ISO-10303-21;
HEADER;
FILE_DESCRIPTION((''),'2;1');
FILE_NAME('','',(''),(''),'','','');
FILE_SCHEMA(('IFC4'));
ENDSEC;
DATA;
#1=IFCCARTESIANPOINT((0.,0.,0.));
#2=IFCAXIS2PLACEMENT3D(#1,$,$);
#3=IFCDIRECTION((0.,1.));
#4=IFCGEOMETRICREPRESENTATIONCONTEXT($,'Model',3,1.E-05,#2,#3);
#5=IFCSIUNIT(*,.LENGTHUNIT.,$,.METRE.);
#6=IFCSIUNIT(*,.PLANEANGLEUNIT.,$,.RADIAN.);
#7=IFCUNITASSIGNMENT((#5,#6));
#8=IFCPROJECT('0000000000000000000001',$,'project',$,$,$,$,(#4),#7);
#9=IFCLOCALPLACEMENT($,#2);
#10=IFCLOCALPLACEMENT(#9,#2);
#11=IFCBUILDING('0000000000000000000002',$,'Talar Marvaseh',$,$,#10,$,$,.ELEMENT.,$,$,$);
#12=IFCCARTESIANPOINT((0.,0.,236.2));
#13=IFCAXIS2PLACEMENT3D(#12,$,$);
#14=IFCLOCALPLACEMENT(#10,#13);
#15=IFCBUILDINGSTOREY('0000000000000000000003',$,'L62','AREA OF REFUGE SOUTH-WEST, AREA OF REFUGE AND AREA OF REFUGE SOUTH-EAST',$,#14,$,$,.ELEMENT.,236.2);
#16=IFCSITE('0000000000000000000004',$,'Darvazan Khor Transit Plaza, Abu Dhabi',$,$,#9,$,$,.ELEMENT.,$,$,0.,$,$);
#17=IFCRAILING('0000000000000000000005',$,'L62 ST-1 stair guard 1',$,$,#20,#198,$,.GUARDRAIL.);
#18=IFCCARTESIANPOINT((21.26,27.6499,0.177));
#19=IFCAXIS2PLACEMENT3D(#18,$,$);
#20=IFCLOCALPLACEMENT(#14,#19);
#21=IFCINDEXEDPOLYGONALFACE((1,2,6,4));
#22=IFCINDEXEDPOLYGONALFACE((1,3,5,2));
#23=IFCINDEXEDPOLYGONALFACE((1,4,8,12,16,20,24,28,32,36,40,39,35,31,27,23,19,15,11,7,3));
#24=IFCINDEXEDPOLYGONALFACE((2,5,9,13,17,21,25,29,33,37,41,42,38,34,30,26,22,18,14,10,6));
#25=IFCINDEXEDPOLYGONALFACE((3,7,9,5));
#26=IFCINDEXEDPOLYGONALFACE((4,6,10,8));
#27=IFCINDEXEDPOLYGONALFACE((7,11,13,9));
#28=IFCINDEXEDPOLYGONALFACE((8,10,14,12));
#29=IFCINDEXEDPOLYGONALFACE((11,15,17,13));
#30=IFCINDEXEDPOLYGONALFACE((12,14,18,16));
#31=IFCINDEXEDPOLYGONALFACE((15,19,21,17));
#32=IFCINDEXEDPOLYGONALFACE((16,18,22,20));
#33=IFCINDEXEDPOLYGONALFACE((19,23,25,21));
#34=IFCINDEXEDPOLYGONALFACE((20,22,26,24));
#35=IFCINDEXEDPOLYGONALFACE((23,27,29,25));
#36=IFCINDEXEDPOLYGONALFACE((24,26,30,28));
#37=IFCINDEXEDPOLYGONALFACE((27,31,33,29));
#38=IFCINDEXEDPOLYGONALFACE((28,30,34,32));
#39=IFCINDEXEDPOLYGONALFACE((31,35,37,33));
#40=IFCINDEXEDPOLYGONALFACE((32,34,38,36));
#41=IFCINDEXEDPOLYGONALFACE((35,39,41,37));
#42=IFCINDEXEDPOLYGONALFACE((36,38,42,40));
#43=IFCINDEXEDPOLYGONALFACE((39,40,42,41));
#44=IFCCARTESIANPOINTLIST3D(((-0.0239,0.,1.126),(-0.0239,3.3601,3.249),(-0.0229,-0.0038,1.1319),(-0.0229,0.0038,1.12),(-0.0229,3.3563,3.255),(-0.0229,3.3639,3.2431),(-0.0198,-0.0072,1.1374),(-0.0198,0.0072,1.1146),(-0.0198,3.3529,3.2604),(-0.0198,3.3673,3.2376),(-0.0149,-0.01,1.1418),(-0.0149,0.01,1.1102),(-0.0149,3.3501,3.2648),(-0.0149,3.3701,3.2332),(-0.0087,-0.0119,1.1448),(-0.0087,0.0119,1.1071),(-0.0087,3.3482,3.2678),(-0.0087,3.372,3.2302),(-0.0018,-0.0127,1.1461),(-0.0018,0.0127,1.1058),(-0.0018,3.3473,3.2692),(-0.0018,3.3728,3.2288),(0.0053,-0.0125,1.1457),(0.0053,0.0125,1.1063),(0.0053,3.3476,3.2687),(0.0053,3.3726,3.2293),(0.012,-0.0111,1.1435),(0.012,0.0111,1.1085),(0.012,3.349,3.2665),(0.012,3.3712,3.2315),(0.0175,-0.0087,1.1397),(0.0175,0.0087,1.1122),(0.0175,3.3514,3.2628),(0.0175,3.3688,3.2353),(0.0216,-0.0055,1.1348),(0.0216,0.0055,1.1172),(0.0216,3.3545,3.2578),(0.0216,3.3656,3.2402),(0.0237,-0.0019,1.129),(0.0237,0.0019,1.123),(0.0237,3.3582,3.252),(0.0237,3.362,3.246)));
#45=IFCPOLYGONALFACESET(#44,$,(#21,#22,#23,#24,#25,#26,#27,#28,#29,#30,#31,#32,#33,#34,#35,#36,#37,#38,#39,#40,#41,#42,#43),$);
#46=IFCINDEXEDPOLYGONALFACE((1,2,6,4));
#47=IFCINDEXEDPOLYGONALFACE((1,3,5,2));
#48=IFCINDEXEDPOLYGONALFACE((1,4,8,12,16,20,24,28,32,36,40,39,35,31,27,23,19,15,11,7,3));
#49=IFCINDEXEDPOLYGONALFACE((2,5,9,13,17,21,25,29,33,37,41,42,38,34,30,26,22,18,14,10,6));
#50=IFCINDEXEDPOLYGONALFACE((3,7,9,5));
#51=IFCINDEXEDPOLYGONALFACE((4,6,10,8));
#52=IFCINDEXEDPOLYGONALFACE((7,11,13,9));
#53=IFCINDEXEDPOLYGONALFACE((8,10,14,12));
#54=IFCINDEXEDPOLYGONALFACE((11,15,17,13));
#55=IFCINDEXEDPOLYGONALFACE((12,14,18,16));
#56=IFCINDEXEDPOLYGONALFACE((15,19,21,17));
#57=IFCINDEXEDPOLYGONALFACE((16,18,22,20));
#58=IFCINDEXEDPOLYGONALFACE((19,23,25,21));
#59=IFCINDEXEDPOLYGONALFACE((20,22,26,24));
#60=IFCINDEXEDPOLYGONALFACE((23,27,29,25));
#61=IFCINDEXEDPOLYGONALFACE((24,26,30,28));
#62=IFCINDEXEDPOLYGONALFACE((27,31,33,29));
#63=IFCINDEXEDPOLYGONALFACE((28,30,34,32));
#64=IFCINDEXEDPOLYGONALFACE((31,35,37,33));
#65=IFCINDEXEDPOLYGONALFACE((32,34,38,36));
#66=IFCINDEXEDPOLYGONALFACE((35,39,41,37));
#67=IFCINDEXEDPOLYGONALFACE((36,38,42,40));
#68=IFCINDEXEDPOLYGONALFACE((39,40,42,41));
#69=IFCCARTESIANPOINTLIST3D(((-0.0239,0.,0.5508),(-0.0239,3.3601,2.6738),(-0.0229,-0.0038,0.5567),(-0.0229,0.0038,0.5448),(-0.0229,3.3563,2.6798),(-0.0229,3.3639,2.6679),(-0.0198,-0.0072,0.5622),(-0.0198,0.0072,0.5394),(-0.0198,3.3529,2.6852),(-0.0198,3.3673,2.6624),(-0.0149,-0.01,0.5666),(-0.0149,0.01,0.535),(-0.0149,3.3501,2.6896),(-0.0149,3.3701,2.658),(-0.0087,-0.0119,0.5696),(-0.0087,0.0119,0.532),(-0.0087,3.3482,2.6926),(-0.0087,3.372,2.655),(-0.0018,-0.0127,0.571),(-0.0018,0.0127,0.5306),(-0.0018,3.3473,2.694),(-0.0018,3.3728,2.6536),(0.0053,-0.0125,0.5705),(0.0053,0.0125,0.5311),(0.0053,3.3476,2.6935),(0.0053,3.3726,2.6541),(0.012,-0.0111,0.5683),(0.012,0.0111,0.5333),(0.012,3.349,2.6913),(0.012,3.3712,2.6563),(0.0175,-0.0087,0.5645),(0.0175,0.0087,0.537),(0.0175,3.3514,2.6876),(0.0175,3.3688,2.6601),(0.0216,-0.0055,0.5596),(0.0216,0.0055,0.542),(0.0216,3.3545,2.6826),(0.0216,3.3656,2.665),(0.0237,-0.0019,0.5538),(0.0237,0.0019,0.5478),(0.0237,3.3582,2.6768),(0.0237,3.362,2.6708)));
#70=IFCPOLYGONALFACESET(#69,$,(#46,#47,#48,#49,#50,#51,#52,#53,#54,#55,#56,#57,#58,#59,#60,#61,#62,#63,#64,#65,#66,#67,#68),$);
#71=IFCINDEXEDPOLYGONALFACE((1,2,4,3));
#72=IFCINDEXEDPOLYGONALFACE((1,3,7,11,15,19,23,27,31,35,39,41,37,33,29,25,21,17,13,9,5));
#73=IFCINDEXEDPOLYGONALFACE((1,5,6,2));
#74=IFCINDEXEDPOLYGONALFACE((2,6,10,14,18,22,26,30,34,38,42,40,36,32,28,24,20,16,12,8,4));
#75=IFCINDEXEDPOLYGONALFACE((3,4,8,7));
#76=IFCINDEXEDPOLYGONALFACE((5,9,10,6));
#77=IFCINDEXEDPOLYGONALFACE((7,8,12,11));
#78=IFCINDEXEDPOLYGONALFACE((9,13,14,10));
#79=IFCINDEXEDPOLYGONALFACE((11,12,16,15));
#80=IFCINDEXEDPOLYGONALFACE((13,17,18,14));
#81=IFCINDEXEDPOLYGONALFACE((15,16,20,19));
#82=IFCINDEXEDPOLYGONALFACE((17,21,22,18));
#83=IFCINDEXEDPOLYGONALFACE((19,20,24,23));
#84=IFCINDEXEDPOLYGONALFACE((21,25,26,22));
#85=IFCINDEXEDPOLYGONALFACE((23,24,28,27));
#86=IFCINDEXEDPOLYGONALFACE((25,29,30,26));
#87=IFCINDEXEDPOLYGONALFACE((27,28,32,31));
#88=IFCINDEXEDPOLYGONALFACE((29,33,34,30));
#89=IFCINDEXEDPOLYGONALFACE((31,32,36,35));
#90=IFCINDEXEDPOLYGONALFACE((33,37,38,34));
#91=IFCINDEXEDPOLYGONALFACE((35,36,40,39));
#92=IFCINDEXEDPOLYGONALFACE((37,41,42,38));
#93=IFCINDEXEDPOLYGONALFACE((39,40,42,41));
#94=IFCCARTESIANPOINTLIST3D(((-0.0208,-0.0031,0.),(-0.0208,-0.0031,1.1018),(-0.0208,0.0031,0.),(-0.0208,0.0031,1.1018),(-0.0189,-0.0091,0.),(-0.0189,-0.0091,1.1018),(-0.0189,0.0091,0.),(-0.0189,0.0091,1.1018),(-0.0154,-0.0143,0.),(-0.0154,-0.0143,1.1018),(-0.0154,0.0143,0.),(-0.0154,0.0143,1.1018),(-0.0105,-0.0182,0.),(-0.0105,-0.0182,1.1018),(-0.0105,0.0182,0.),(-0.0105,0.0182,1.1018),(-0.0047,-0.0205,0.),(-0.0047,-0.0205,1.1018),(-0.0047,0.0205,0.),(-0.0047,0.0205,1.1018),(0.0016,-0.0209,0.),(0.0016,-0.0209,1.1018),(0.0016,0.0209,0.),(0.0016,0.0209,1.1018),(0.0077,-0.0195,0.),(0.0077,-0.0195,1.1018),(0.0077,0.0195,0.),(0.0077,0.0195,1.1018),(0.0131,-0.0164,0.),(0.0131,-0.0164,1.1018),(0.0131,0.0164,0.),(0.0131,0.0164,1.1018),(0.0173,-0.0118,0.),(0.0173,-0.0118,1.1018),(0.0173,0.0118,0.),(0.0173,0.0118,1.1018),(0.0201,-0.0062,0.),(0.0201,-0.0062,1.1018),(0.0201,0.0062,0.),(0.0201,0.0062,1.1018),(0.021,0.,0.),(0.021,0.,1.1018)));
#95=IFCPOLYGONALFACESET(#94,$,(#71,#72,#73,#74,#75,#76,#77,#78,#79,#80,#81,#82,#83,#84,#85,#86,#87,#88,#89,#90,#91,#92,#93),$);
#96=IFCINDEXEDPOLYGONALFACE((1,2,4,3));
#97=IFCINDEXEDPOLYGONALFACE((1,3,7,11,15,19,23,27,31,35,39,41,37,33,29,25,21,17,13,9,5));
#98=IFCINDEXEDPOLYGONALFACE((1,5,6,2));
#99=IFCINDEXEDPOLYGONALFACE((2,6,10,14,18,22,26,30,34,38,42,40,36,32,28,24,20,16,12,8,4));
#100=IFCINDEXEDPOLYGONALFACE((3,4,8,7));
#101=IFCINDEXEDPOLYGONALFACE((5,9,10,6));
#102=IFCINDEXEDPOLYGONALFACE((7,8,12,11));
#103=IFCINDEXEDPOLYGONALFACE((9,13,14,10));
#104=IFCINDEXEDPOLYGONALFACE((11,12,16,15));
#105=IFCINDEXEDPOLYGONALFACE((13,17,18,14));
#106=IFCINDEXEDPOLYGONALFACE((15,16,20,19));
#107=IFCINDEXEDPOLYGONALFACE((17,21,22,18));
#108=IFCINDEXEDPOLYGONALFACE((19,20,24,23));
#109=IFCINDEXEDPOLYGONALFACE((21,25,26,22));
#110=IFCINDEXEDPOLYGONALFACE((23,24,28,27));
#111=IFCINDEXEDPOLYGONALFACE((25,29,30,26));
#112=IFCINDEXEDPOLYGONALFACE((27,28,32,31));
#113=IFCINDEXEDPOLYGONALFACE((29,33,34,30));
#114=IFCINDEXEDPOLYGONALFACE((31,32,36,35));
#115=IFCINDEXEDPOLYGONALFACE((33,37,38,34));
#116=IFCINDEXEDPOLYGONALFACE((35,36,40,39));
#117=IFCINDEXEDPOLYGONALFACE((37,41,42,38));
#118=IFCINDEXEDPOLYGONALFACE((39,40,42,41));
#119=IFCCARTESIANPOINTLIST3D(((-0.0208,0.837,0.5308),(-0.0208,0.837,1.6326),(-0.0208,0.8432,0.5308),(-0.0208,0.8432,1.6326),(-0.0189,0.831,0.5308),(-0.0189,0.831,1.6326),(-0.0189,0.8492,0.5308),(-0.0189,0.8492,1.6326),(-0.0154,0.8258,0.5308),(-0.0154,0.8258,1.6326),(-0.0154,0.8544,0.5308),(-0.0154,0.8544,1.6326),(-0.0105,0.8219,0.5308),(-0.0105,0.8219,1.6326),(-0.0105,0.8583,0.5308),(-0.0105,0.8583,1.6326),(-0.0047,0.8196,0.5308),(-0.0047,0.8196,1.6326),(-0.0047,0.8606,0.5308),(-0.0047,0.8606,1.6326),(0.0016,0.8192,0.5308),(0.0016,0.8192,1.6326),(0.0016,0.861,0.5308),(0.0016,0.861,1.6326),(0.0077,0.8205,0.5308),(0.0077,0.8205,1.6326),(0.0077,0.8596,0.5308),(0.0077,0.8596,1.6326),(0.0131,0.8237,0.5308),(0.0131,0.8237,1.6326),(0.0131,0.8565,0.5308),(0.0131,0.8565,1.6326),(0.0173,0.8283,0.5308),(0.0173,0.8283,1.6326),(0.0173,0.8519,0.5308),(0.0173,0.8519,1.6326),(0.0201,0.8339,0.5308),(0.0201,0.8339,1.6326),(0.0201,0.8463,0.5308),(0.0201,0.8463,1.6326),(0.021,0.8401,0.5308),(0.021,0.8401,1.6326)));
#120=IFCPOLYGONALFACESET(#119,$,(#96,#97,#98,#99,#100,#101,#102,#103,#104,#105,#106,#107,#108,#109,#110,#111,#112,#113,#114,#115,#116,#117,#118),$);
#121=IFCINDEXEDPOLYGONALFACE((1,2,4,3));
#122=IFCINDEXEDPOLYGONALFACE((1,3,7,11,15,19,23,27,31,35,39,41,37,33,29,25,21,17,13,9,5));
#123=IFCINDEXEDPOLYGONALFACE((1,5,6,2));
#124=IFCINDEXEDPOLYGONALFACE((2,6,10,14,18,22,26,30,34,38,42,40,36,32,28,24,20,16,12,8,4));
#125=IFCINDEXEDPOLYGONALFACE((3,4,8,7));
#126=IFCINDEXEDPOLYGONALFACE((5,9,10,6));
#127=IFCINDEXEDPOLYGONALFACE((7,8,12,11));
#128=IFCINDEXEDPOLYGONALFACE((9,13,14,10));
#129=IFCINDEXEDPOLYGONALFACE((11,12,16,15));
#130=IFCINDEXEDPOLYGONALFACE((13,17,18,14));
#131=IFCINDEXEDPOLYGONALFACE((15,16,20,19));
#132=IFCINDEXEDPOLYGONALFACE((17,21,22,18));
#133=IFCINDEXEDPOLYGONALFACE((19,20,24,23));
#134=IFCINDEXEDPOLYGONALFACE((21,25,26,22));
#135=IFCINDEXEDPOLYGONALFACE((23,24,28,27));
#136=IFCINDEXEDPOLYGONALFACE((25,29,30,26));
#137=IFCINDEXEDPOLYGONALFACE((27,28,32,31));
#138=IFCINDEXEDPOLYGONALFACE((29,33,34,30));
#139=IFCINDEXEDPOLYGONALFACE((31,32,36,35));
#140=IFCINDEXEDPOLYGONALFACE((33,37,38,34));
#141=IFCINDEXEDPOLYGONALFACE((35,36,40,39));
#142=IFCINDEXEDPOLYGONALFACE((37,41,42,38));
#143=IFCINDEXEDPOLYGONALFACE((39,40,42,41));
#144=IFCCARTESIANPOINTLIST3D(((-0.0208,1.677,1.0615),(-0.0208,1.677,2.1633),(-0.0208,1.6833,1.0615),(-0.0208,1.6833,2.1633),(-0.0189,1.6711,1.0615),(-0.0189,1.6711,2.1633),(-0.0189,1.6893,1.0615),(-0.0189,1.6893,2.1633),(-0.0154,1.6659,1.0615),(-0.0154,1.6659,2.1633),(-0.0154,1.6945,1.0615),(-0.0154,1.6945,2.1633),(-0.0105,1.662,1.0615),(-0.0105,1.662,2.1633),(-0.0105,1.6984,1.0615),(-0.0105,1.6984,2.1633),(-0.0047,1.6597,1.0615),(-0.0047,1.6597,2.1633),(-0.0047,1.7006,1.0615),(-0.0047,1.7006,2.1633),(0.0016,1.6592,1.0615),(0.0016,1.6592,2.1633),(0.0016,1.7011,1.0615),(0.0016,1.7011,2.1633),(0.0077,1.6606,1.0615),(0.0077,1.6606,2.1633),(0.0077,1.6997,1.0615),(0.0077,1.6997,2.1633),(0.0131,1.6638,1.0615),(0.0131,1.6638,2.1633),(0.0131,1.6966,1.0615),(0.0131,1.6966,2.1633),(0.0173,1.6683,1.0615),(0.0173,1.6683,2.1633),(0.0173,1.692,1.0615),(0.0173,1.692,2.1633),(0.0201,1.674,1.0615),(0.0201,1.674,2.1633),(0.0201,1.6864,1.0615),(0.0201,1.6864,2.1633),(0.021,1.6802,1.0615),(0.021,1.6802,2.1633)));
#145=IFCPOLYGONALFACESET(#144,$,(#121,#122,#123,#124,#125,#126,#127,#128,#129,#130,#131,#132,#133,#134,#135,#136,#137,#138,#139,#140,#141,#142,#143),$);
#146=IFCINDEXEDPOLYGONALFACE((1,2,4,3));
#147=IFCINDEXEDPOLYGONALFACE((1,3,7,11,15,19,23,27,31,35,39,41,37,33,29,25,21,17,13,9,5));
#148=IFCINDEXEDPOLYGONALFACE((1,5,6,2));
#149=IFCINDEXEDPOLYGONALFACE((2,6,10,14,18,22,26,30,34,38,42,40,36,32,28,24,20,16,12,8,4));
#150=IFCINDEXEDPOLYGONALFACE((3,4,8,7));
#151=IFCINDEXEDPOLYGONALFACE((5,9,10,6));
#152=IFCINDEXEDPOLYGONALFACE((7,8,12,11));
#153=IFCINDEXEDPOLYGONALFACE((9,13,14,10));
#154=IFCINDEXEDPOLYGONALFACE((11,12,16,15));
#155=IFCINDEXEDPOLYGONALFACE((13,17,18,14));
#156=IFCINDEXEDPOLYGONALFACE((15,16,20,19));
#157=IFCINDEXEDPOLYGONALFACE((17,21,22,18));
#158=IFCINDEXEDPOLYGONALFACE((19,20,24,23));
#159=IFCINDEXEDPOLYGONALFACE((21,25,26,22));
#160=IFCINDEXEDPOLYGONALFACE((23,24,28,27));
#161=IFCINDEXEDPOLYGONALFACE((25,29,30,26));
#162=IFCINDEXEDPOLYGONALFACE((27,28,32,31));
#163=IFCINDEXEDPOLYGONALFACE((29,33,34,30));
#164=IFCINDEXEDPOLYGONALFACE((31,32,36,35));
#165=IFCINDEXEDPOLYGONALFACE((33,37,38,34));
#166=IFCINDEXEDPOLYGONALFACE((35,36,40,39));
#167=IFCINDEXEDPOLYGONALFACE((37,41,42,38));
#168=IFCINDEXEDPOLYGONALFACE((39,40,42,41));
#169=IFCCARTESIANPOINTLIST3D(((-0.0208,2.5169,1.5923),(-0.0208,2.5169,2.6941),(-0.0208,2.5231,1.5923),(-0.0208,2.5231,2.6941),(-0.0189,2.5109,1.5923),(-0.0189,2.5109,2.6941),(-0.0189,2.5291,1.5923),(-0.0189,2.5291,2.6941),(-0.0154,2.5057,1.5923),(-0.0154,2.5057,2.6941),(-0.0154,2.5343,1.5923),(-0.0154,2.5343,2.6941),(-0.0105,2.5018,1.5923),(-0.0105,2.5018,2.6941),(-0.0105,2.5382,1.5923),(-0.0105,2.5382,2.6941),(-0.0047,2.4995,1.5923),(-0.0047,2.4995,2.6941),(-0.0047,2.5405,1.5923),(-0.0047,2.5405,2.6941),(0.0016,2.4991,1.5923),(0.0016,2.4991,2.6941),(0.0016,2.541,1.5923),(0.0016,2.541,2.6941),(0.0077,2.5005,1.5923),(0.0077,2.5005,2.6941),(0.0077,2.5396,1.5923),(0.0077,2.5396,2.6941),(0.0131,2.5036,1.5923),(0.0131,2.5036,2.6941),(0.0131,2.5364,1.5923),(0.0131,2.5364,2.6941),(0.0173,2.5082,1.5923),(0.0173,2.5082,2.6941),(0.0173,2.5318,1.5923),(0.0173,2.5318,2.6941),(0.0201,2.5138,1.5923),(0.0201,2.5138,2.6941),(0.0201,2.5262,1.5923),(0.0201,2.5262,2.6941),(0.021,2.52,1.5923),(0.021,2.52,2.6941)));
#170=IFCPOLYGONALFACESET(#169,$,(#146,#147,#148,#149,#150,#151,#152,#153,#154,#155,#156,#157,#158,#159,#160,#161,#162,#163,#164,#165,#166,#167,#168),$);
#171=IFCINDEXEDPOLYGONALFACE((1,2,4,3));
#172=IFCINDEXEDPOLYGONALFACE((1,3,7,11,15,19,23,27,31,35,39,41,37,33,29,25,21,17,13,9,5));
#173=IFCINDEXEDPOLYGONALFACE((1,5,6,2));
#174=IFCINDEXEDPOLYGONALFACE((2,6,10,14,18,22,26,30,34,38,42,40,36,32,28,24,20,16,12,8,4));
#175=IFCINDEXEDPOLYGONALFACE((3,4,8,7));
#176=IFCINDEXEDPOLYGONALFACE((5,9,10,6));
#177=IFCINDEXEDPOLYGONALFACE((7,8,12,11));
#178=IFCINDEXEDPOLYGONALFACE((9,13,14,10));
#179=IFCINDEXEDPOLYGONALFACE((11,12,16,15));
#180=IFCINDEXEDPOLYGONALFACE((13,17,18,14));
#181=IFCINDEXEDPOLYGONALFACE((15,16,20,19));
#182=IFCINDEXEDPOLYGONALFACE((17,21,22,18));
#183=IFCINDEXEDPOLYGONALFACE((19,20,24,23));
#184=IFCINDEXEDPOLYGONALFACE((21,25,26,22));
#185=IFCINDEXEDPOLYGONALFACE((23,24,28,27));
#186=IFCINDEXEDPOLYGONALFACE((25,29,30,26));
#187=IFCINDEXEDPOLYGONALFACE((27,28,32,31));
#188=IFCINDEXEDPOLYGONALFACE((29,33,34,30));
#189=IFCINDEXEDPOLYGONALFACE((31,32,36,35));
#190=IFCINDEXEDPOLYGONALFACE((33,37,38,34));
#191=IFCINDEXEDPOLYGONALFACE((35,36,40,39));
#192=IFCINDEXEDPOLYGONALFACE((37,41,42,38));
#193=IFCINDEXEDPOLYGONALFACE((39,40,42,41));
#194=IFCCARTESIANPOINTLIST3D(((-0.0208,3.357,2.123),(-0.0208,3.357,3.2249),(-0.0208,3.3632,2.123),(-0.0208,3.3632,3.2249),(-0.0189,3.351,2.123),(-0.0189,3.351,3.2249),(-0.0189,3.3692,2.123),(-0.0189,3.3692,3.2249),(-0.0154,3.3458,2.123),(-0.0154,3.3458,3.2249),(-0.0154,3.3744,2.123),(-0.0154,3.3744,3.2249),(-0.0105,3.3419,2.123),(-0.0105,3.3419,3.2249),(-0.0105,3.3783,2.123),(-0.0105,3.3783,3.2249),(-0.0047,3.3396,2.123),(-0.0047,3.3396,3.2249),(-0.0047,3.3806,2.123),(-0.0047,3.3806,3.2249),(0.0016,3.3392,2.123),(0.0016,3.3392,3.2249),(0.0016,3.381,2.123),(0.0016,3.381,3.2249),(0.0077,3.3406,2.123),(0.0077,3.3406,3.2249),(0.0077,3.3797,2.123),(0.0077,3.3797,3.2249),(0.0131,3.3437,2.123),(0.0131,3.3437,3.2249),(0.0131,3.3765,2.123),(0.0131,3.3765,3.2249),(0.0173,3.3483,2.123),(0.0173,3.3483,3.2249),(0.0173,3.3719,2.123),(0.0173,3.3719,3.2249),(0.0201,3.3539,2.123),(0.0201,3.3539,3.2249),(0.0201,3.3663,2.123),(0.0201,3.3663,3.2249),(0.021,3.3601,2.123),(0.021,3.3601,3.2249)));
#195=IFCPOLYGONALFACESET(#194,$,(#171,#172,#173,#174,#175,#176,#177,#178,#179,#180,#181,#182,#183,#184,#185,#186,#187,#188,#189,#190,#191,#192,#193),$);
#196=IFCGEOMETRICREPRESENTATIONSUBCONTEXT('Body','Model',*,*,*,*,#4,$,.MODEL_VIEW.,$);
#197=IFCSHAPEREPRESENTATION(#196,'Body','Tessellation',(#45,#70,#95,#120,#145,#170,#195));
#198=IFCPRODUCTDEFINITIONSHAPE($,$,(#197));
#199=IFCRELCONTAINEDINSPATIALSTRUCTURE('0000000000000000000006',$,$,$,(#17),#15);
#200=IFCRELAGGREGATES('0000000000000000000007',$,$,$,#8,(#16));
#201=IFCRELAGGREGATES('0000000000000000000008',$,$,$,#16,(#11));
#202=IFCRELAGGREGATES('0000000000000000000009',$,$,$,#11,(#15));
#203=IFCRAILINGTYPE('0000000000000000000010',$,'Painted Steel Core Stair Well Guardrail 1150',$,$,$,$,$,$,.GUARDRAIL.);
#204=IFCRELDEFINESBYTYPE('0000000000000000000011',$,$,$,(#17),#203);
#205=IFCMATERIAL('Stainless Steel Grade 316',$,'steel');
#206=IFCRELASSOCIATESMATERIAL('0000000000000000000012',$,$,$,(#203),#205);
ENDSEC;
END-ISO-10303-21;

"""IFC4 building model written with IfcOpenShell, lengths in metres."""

from ifc_helpers import new_model, si_unit, direction, frame, origin, origin_2d, place, context, subcontext, project, spatial, circle, extrude, material, type_object, element, save


model = new_model("IFC4")

# Units and contexts
model_context = context("Model", 3, precision=1e-05, world=origin(), true_north=direction((0.0, 1.0)))
body_context = subcontext(model_context, "Body", "Model", "MODEL_VIEW")
ifc_project = project(units=[si_unit("LENGTHUNIT", "METRE"), si_unit("PLANEANGLEUNIT", "RADIAN")], contexts=[model_context])

# Site, building, storey
site_placement = place(None, origin())
site = spatial("IfcSite", under=ifc_project, at=site_placement, Name="Darvazan Khor Transit Plaza, Abu Dhabi", CompositionType="ELEMENT", RefElevation=0.0)
building_placement = place(site_placement, origin())
building = spatial("IfcBuilding", under=site, at=building_placement, Name="Talar Marvaseh", CompositionType="ELEMENT")
storey_placement = place(building_placement, frame((0.0, 0.0, 236.2)))
storey = spatial("IfcBuildingStorey", under=building, at=storey_placement, Name="L62", Description="AREA OF REFUGE SOUTH-WEST, AREA OF REFUGE AND AREA OF REFUGE SOUTH-EAST", CompositionType="ELEMENT", Elevation=236.2)

# Railing
ifc_material_1 = material(Name="Stainless Steel Grade 316", Category="steel")
railing_type = type_object("IfcRailingType", Name="Painted Steel Core Stair Well Guardrail 1150", PredefinedType="GUARDRAIL", material=ifc_material_1)
railing_1_placement = place(storey_placement, frame((21.26, 27.6499, 0.177)))
element("IfcRailing", 1, at=railing_1_placement, inside=storey, type_object=railing_type, Name="L62 ST-1 stair guard 1", PredefinedType="GUARDRAIL", context=body_context, shape_type="SweptSolid", body=[
    extrude(circle(Radius=0.0239, at=origin_2d()), frame((0.0, 0.0, 1.126), z_axis=(0.0, 0.84539, 0.53415), x_axis=(-1.0, 0.0, 0.0)), (0.0, 0.0, 1.0), 3.9746),
    extrude(circle(Radius=0.0239, at=origin_2d()), frame((0.0, 0.0, 0.5508), z_axis=(0.0, 0.84539, 0.53415), x_axis=(-1.0, 0.0, 0.0)), (0.0, 0.0, 1.0), 3.9746),
    extrude(circle(Radius=0.021, at=origin_2d()), origin(), (0.0, 0.0, 1.0), 1.1018),
    extrude(circle(Radius=0.021, at=origin_2d()), frame((0.0, 0.8401, 0.5308)), (0.0, 0.0, 1.0), 1.1018),
    extrude(circle(Radius=0.021, at=origin_2d()), frame((0.0, 1.6802, 1.0615)), (0.0, 0.0, 1.0), 1.1018),
    extrude(circle(Radius=0.021, at=origin_2d()), frame((0.0, 2.52, 1.5923)), (0.0, 0.0, 1.0), 1.1018),
    extrude(circle(Radius=0.021, at=origin_2d()), frame((0.0, 3.3601, 2.123)), (0.0, 0.0, 1.0), 1.1018),
])

save(model, "model.ifc")
